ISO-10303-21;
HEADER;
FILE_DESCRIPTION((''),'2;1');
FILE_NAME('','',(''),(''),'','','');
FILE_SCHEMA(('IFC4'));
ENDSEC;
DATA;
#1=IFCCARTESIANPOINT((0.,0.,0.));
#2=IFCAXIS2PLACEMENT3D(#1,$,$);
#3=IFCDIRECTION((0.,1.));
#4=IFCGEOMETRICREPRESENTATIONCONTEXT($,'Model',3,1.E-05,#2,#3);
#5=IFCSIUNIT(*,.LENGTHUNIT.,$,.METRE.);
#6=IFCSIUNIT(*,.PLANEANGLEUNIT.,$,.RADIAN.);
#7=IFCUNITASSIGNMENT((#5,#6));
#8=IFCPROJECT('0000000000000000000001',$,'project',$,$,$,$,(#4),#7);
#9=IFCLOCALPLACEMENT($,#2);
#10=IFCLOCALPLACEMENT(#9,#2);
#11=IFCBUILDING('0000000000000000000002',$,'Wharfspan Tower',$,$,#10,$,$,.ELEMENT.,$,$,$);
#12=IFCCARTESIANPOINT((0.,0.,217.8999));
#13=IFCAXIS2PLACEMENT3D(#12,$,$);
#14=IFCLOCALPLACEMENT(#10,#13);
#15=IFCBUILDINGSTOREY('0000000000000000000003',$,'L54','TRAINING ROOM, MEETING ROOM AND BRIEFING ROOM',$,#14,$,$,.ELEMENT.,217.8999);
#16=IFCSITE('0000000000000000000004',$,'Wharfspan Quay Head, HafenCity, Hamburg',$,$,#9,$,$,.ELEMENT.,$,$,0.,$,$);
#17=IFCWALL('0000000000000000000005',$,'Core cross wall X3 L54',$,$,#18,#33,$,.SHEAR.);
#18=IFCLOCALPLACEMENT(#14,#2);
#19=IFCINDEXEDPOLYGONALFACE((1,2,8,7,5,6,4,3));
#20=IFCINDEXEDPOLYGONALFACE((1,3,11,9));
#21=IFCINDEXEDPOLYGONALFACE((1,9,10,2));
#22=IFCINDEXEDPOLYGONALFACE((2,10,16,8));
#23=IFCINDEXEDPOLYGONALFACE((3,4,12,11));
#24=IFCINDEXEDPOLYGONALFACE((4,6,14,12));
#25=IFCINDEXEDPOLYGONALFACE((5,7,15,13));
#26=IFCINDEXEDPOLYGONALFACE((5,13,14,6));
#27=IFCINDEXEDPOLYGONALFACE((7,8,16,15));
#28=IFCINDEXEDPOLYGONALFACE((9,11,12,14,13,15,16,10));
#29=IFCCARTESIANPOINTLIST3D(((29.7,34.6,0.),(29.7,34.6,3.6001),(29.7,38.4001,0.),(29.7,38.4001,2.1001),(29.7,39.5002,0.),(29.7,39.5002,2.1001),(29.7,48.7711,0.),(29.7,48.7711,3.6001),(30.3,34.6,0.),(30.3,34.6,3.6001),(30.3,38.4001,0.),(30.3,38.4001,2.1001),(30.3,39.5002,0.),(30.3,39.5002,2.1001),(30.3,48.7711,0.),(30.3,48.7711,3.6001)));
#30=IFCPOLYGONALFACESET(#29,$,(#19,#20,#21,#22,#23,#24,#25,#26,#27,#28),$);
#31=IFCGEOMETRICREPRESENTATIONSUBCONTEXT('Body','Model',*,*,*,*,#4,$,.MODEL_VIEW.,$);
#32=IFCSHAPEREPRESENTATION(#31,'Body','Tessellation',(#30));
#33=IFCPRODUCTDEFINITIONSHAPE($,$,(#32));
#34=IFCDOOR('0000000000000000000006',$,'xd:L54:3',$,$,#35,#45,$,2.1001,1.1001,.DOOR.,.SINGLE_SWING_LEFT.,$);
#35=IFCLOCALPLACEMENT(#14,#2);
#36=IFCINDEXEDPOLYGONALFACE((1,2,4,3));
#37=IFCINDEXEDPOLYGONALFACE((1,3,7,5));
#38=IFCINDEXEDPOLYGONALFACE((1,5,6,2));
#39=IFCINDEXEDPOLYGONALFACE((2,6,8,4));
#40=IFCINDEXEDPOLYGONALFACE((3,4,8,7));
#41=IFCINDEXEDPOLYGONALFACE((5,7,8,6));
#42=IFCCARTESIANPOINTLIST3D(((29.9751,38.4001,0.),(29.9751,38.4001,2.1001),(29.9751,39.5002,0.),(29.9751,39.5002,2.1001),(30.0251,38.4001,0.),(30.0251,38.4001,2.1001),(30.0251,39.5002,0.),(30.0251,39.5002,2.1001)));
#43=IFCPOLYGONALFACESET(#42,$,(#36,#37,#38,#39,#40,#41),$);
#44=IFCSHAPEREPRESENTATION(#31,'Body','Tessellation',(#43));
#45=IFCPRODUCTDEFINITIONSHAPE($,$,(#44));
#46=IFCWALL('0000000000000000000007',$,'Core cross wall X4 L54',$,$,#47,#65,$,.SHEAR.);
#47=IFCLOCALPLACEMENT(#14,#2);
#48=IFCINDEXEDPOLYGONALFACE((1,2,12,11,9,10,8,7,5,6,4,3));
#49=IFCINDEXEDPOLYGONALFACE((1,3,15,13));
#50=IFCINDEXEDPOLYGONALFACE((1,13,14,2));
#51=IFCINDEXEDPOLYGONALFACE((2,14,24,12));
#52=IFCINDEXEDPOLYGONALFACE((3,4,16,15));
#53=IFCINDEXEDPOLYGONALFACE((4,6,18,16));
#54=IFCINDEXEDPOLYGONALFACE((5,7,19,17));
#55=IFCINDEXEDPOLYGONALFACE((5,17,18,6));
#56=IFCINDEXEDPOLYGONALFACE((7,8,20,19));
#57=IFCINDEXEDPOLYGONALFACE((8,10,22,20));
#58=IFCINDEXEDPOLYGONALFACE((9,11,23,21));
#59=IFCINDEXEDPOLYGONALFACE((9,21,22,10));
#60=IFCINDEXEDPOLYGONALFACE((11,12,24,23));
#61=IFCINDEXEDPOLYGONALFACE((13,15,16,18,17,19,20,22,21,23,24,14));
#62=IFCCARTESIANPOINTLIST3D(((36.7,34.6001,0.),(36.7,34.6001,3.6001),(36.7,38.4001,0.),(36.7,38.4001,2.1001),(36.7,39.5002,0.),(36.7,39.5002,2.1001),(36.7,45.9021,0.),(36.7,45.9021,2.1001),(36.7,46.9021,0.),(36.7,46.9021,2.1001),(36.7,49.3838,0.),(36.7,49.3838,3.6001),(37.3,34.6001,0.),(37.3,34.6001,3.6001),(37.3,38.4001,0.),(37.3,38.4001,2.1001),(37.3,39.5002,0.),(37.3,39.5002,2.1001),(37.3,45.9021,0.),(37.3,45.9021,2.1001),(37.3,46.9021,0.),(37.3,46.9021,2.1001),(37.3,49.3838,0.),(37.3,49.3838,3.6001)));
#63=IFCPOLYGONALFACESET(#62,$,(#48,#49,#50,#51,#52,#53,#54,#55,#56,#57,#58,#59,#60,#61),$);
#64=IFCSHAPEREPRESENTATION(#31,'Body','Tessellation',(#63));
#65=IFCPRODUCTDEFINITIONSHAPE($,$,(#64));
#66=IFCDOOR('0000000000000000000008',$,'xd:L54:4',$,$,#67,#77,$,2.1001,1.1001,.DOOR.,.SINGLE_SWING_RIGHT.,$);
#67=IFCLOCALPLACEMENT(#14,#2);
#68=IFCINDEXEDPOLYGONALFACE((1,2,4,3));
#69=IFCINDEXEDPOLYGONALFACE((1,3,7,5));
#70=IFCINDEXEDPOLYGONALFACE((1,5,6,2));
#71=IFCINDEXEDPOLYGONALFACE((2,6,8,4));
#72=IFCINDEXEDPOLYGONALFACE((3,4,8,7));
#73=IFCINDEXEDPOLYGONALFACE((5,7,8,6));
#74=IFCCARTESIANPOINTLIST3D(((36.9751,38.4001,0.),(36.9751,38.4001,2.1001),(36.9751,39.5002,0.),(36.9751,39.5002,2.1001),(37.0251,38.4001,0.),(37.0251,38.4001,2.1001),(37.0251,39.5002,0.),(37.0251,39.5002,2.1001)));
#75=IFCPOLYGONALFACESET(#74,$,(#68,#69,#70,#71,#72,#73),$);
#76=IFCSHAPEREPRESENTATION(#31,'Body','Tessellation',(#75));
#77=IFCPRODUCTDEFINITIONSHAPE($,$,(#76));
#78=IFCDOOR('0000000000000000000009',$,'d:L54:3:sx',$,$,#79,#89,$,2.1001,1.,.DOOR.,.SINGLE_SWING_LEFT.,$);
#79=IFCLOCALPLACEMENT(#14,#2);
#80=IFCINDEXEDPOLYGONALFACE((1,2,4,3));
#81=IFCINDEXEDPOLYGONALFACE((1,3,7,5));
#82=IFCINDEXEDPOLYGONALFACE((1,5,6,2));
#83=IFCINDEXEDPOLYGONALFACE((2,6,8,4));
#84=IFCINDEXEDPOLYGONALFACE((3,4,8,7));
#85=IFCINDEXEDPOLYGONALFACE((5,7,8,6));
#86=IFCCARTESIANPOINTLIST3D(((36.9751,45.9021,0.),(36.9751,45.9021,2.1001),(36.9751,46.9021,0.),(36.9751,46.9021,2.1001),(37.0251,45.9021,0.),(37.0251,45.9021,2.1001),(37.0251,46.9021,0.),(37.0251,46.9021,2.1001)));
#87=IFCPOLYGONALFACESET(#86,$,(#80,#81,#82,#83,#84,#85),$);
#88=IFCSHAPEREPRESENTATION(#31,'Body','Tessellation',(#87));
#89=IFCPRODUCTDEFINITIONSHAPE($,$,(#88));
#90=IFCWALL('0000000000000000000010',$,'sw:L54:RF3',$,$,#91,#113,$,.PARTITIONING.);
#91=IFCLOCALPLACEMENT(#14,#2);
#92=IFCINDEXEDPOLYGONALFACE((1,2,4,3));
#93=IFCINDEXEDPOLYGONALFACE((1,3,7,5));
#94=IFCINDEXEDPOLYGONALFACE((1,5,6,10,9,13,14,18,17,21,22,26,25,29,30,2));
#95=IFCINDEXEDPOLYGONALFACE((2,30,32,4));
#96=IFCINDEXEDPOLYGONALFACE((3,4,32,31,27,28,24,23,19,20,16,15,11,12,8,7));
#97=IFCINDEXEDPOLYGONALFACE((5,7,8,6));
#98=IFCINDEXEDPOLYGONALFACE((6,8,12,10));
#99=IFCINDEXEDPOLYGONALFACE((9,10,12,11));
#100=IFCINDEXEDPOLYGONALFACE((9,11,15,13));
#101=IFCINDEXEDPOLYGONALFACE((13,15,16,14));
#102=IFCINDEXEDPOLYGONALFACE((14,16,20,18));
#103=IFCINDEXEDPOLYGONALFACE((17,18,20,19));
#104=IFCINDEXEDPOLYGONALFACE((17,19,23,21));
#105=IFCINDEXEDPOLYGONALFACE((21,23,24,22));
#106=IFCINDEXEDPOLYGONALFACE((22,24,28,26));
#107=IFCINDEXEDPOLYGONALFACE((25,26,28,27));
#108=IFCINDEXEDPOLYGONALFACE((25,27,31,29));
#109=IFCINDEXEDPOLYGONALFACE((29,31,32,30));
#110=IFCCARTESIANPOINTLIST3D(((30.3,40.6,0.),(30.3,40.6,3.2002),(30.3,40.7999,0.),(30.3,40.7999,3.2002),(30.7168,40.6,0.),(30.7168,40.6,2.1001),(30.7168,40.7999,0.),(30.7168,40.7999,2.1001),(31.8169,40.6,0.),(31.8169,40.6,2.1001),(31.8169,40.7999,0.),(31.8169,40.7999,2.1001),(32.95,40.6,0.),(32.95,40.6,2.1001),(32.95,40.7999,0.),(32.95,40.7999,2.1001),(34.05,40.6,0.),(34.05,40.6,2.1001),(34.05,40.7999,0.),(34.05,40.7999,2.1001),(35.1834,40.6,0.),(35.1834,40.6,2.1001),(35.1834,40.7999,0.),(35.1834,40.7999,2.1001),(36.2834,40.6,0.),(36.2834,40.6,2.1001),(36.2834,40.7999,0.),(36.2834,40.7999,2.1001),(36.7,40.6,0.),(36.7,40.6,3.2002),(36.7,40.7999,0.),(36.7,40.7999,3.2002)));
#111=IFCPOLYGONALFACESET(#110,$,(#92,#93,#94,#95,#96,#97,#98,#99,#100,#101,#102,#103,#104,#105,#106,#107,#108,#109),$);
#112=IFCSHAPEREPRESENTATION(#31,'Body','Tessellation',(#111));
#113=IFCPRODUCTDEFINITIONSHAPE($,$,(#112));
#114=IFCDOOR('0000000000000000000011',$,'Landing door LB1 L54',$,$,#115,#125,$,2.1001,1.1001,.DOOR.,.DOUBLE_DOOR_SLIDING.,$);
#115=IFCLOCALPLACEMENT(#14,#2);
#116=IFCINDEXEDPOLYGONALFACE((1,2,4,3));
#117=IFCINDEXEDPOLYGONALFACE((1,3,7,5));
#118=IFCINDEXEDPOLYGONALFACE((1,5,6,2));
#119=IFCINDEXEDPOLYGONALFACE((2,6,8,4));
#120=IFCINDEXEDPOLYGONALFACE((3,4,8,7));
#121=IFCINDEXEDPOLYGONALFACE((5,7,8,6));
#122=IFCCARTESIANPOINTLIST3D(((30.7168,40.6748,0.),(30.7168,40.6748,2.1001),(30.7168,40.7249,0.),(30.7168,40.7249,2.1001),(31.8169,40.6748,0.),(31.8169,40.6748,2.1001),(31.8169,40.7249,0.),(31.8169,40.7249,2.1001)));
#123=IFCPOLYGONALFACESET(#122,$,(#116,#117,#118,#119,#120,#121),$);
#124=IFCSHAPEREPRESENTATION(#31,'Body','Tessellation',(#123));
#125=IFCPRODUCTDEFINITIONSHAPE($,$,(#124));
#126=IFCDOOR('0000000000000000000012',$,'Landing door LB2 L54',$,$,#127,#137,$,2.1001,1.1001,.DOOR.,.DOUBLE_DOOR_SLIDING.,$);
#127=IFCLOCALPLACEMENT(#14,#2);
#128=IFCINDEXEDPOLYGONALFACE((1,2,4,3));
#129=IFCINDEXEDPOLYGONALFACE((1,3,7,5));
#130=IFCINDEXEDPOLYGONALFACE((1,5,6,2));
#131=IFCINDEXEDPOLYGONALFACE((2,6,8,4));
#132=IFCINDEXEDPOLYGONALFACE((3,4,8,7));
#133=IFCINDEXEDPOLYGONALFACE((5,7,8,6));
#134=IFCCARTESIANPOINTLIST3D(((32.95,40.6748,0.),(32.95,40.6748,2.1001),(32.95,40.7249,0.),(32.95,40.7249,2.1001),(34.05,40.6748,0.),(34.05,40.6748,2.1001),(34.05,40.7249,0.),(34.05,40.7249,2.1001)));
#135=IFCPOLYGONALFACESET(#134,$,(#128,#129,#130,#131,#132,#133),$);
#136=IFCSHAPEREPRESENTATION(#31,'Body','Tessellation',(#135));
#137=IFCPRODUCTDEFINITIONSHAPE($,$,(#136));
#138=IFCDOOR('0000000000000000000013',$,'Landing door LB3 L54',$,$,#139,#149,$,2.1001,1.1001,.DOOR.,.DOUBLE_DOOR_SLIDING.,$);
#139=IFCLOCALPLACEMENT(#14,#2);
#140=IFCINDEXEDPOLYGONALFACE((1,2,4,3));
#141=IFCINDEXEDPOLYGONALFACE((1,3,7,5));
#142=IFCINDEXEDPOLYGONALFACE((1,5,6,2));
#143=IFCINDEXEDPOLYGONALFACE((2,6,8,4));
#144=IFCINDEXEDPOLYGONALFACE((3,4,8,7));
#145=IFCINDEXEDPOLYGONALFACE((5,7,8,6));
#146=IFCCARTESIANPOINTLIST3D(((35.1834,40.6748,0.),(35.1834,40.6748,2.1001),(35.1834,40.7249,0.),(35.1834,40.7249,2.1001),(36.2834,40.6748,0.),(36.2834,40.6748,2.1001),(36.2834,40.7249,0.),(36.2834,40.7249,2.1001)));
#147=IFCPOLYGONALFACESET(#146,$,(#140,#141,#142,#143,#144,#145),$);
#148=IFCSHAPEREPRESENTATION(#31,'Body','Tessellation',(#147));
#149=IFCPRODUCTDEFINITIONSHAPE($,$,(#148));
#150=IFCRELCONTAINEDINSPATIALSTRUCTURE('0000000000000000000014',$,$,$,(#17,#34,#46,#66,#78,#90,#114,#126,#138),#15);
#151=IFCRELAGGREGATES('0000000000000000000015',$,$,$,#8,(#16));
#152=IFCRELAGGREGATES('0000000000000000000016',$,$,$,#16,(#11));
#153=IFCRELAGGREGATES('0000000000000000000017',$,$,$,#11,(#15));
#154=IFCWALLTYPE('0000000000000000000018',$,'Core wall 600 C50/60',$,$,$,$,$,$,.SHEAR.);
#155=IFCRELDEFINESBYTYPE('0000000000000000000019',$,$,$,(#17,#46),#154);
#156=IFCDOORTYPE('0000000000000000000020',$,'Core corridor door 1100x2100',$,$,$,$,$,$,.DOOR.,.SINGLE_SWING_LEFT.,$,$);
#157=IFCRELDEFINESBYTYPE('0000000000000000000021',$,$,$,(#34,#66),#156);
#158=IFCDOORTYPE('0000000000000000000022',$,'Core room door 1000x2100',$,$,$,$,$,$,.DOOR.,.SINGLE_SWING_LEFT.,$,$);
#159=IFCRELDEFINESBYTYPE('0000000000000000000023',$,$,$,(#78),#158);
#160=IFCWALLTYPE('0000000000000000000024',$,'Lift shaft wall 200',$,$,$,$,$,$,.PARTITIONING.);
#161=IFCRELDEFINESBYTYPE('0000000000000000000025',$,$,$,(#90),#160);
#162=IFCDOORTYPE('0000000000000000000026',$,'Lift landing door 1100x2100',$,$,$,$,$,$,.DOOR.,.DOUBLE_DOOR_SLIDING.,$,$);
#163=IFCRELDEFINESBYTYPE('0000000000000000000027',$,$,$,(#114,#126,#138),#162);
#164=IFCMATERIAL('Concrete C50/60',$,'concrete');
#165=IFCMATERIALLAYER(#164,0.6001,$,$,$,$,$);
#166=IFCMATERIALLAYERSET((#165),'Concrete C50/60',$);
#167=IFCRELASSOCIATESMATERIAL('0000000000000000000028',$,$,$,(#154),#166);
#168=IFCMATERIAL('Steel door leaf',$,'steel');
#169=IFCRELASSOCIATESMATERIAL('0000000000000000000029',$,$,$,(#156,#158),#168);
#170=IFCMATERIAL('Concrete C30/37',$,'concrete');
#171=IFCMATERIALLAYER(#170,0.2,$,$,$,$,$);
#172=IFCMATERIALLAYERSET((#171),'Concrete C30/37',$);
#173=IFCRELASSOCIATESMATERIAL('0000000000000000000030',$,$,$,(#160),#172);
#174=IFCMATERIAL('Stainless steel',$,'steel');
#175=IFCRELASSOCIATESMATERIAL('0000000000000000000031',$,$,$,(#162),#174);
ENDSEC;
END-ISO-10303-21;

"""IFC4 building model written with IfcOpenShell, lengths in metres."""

from ifc_helpers import new_model, si_unit, direction, frame, frame_2d, origin, place, context, subcontext, project, spatial, rectangle, extrude, material, layer, layer_set, type_object, element, fill, save


model = new_model("IFC4")

# Units and contexts
model_context = context("Model", 3, precision=1e-05, world=origin(), true_north=direction((0.0, 1.0)))
body_context = subcontext(model_context, "Body", "Model", "MODEL_VIEW")
ifc_project = project(units=[si_unit("LENGTHUNIT", "METRE"), si_unit("PLANEANGLEUNIT", "RADIAN")], contexts=[model_context])

# Site, building, storey
site_placement = place(None, origin())
site = spatial("IfcSite", under=ifc_project, at=site_placement, Name="Wharfspan Quay Head, HafenCity, Hamburg", CompositionType="ELEMENT", RefElevation=0.0)
building_placement = place(site_placement, origin())
building = spatial("IfcBuilding", under=site, at=building_placement, Name="Wharfspan Tower", CompositionType="ELEMENT")
storey_placement = place(building_placement, frame((0.0, 0.0, 217.8999)))
storey = spatial("IfcBuildingStorey", under=building, at=storey_placement, Name="L54", Description="TRAINING ROOM, MEETING ROOM AND BRIEFING ROOM", CompositionType="ELEMENT", Elevation=217.8999)

# Wall, opening, door
ifc_material_1 = material(Name="Concrete C50/60", Category="concrete")
ifc_layer_1 = layer(ifc_material_1, 0.6001)
ifc_layer_set_1 = layer_set([ifc_layer_1], Name="Concrete C50/60")
wall_type_1 = type_object("IfcWallType", Name="Core wall 600 C50/60", PredefinedType="SHEAR", material=ifc_layer_set_1)
wall_1_placement = place(storey_placement, frame((30.0, 34.6001, 0.0), z_axis=(0.0, 0.0, 1.0), x_axis=(0.0, 1.0, 0.0)))
wall_1 = element("IfcWall", 1, at=wall_1_placement, inside=storey, type_object=wall_type_1, Name="Core cross wall X3 L54", PredefinedType="SHEAR", context=body_context, shape_type="SweptSolid", body=[
    extrude(rectangle(XDim=14.1711, YDim=0.6001, at=frame_2d((7.0854, 0.0))), origin(), (0.0, 0.0, 1.0), 3.6001),
])
opening_1_placement = place(wall_1_placement, frame((3.8, 0.0, 0.0)))
opening_1 = element("IfcOpeningElement", 2, at=opening_1_placement, cuts=wall_1, PredefinedType="OPENING", context=body_context, shape_type="SweptSolid", body=[
    extrude(rectangle(XDim=1.1001, YDim=2.1001, at=frame_2d((0.55, 1.05))), frame((0.0, 0.3101, 0.0), z_axis=(0.0, -1.0, 0.0), x_axis=(1.0, 0.0, 0.0)), (0.0, 0.0, 1.0), 0.6201),
])
ifc_material_2 = material(Name="Steel door leaf", Category="steel")
door_type_1 = type_object("IfcDoorType", Name="Core corridor door 1100x2100", OperationType="SINGLE_SWING_LEFT", PredefinedType="DOOR", material=ifc_material_2)
door_1_placement = place(opening_1_placement, origin())
door_1 = element("IfcDoor", 3, at=door_1_placement, inside=storey, type_object=door_type_1, Name="xd:L54:3", OperationType="SINGLE_SWING_LEFT", OverallHeight=2.1001, OverallWidth=1.1001, PredefinedType="DOOR", context=body_context, shape_type="SweptSolid", body=[
    extrude(rectangle(XDim=1.1001, YDim=2.1001, at=frame_2d((0.55, 1.05))), frame((0.0, 0.0249, 0.0), z_axis=(0.0, -1.0, 0.0), x_axis=(1.0, 0.0, 0.0)), (0.0, 0.0, 1.0), 0.05),
])
fill(opening_1, door_1)

# Walls, openings, doors
wall_2_placement = place(storey_placement, frame((37.0, 34.6001, 0.0), z_axis=(0.0, 0.0, 1.0), x_axis=(0.0, 1.0, 0.0)))
wall_2 = element("IfcWall", 4, at=wall_2_placement, inside=storey, type_object=wall_type_1, Name="Core cross wall X4 L54", PredefinedType="SHEAR", context=body_context, shape_type="SweptSolid", body=[
    extrude(rectangle(XDim=14.7837, YDim=0.6001, at=frame_2d((7.3918, 0.0))), origin(), (0.0, 0.0, 1.0), 3.6001),
])
opening_2_placement = place(wall_2_placement, frame((11.302, 0.0, 0.0)))
opening_2 = element("IfcOpeningElement", 5, at=opening_2_placement, cuts=wall_2, PredefinedType="OPENING", context=body_context, shape_type="SweptSolid", body=[
    extrude(rectangle(XDim=1.0, YDim=2.1001, at=frame_2d((0.5, 1.05))), frame((0.0, 0.3101, 0.0), z_axis=(0.0, -1.0, 0.0), x_axis=(1.0, 0.0, 0.0)), (0.0, 0.0, 1.0), 0.6201),
])
opening_3_placement = place(wall_2_placement, frame((3.8, 0.0, 0.0)))
opening_3 = element("IfcOpeningElement", 6, at=opening_3_placement, cuts=wall_2, PredefinedType="OPENING", context=body_context, shape_type="SweptSolid", body=[
    extrude(rectangle(XDim=1.1001, YDim=2.1001, at=frame_2d((0.55, 1.05))), frame((0.0, 0.3101, 0.0), z_axis=(0.0, -1.0, 0.0), x_axis=(1.0, 0.0, 0.0)), (0.0, 0.0, 1.0), 0.6201),
])
door_2_placement = place(opening_3_placement, origin())
door_2 = element("IfcDoor", 7, at=door_2_placement, inside=storey, type_object=door_type_1, Name="xd:L54:4", OperationType="SINGLE_SWING_RIGHT", OverallHeight=2.1001, OverallWidth=1.1001, PredefinedType="DOOR", context=body_context, shape_type="SweptSolid", body=[
    extrude(rectangle(XDim=1.1001, YDim=2.1001, at=frame_2d((0.55, 1.05))), frame((0.0, 0.0249, 0.0), z_axis=(0.0, -1.0, 0.0), x_axis=(1.0, 0.0, 0.0)), (0.0, 0.0, 1.0), 0.05),
])
fill(opening_3, door_2)
door_type_2 = type_object("IfcDoorType", Name="Core room door 1000x2100", OperationType="SINGLE_SWING_LEFT", PredefinedType="DOOR", material=ifc_material_2)
door_3_placement = place(opening_2_placement, origin())
door_3 = element("IfcDoor", 8, at=door_3_placement, inside=storey, type_object=door_type_2, Name="d:L54:3:sx", OperationType="SINGLE_SWING_LEFT", OverallHeight=2.1001, OverallWidth=1.0, PredefinedType="DOOR", context=body_context, shape_type="SweptSolid", body=[
    extrude(rectangle(XDim=1.0, YDim=2.1001, at=frame_2d((0.5, 1.05))), frame((0.0, 0.0249, 0.0), z_axis=(0.0, -1.0, 0.0), x_axis=(1.0, 0.0, 0.0)), (0.0, 0.0, 1.0), 0.05),
])
fill(opening_2, door_3)
ifc_material_3 = material(Name="Concrete C30/37", Category="concrete")
ifc_layer_2 = layer(ifc_material_3, 0.2)
ifc_layer_set_2 = layer_set([ifc_layer_2], Name="Concrete C30/37")
wall_type_2 = type_object("IfcWallType", Name="Lift shaft wall 200", PredefinedType="PARTITIONING", material=ifc_layer_set_2)
wall_3_placement = place(storey_placement, frame((30.3, 40.7, 0.0), z_axis=(0.0, 0.0, 1.0), x_axis=(1.0, 0.0, 0.0)))
wall_3 = element("IfcWall", 9, at=wall_3_placement, inside=storey, type_object=wall_type_2, Name="sw:L54:RF3", PredefinedType="PARTITIONING", context=body_context, shape_type="SweptSolid", body=[
    extrude(rectangle(XDim=6.3999, YDim=0.2, at=frame_2d((3.2, 0.0))), origin(), (0.0, 0.0, 1.0), 3.2002),
])
opening_4_placement = place(wall_3_placement, frame((0.4167, 0.0, 0.0)))
opening_4 = element("IfcOpeningElement", 10, at=opening_4_placement, cuts=wall_3, PredefinedType="OPENING", context=body_context, shape_type="SweptSolid", body=[
    extrude(rectangle(XDim=1.1001, YDim=2.1001, at=frame_2d((0.55, 1.05))), frame((0.0, 0.1099, 0.0), z_axis=(0.0, -1.0, 0.0), x_axis=(1.0, 0.0, 0.0)), (0.0, 0.0, 1.0), 0.22),
])
opening_5_placement = place(wall_3_placement, frame((2.6499, 0.0, 0.0)))
opening_5 = element("IfcOpeningElement", 11, at=opening_5_placement, cuts=wall_3, PredefinedType="OPENING", context=body_context, shape_type="SweptSolid", body=[
    extrude(rectangle(XDim=1.1001, YDim=2.1001, at=frame_2d((0.55, 1.05))), frame((0.0, 0.1099, 0.0), z_axis=(0.0, -1.0, 0.0), x_axis=(1.0, 0.0, 0.0)), (0.0, 0.0, 1.0), 0.22),
])
opening_6_placement = place(wall_3_placement, frame((4.8833, 0.0, 0.0)))
opening_6 = element("IfcOpeningElement", 12, at=opening_6_placement, cuts=wall_3, PredefinedType="OPENING", context=body_context, shape_type="SweptSolid", body=[
    extrude(rectangle(XDim=1.1001, YDim=2.1001, at=frame_2d((0.55, 1.05))), frame((0.0, 0.1099, 0.0), z_axis=(0.0, -1.0, 0.0), x_axis=(1.0, 0.0, 0.0)), (0.0, 0.0, 1.0), 0.22),
])
ifc_material_4 = material(Name="Stainless steel", Category="steel")
door_type_3 = type_object("IfcDoorType", Name="Lift landing door 1100x2100", OperationType="DOUBLE_DOOR_SLIDING", PredefinedType="DOOR", material=ifc_material_4)
door_4_placement = place(opening_4_placement, origin())
door_4 = element("IfcDoor", 13, at=door_4_placement, inside=storey, type_object=door_type_3, Name="Landing door LB1 L54", OperationType="DOUBLE_DOOR_SLIDING", OverallHeight=2.1001, OverallWidth=1.1001, PredefinedType="DOOR", context=body_context, shape_type="SweptSolid", body=[
    extrude(rectangle(XDim=1.1001, YDim=2.1001, at=frame_2d((0.55, 1.05))), frame((0.0, 0.0249, 0.0), z_axis=(0.0, -1.0, 0.0), x_axis=(1.0, 0.0, 0.0)), (0.0, 0.0, 1.0), 0.05),
])
fill(opening_4, door_4)
door_5_placement = place(opening_5_placement, origin())
door_5 = element("IfcDoor", 14, at=door_5_placement, inside=storey, type_object=door_type_3, Name="Landing door LB2 L54", OperationType="DOUBLE_DOOR_SLIDING", OverallHeight=2.1001, OverallWidth=1.1001, PredefinedType="DOOR", context=body_context, shape_type="SweptSolid", body=[
    extrude(rectangle(XDim=1.1001, YDim=2.1001, at=frame_2d((0.55, 1.05))), frame((0.0, 0.0249, 0.0), z_axis=(0.0, -1.0, 0.0), x_axis=(1.0, 0.0, 0.0)), (0.0, 0.0, 1.0), 0.05),
])
fill(opening_5, door_5)
door_6_placement = place(opening_6_placement, origin())
door_6 = element("IfcDoor", 15, at=door_6_placement, inside=storey, type_object=door_type_3, Name="Landing door LB3 L54", OperationType="DOUBLE_DOOR_SLIDING", OverallHeight=2.1001, OverallWidth=1.1001, PredefinedType="DOOR", context=body_context, shape_type="SweptSolid", body=[
    extrude(rectangle(XDim=1.1001, YDim=2.1001, at=frame_2d((0.55, 1.05))), frame((0.0, 0.0249, 0.0), z_axis=(0.0, -1.0, 0.0), x_axis=(1.0, 0.0, 0.0)), (0.0, 0.0, 1.0), 0.05),
])
fill(opening_6, door_6)

save(model, "model.ifc")
